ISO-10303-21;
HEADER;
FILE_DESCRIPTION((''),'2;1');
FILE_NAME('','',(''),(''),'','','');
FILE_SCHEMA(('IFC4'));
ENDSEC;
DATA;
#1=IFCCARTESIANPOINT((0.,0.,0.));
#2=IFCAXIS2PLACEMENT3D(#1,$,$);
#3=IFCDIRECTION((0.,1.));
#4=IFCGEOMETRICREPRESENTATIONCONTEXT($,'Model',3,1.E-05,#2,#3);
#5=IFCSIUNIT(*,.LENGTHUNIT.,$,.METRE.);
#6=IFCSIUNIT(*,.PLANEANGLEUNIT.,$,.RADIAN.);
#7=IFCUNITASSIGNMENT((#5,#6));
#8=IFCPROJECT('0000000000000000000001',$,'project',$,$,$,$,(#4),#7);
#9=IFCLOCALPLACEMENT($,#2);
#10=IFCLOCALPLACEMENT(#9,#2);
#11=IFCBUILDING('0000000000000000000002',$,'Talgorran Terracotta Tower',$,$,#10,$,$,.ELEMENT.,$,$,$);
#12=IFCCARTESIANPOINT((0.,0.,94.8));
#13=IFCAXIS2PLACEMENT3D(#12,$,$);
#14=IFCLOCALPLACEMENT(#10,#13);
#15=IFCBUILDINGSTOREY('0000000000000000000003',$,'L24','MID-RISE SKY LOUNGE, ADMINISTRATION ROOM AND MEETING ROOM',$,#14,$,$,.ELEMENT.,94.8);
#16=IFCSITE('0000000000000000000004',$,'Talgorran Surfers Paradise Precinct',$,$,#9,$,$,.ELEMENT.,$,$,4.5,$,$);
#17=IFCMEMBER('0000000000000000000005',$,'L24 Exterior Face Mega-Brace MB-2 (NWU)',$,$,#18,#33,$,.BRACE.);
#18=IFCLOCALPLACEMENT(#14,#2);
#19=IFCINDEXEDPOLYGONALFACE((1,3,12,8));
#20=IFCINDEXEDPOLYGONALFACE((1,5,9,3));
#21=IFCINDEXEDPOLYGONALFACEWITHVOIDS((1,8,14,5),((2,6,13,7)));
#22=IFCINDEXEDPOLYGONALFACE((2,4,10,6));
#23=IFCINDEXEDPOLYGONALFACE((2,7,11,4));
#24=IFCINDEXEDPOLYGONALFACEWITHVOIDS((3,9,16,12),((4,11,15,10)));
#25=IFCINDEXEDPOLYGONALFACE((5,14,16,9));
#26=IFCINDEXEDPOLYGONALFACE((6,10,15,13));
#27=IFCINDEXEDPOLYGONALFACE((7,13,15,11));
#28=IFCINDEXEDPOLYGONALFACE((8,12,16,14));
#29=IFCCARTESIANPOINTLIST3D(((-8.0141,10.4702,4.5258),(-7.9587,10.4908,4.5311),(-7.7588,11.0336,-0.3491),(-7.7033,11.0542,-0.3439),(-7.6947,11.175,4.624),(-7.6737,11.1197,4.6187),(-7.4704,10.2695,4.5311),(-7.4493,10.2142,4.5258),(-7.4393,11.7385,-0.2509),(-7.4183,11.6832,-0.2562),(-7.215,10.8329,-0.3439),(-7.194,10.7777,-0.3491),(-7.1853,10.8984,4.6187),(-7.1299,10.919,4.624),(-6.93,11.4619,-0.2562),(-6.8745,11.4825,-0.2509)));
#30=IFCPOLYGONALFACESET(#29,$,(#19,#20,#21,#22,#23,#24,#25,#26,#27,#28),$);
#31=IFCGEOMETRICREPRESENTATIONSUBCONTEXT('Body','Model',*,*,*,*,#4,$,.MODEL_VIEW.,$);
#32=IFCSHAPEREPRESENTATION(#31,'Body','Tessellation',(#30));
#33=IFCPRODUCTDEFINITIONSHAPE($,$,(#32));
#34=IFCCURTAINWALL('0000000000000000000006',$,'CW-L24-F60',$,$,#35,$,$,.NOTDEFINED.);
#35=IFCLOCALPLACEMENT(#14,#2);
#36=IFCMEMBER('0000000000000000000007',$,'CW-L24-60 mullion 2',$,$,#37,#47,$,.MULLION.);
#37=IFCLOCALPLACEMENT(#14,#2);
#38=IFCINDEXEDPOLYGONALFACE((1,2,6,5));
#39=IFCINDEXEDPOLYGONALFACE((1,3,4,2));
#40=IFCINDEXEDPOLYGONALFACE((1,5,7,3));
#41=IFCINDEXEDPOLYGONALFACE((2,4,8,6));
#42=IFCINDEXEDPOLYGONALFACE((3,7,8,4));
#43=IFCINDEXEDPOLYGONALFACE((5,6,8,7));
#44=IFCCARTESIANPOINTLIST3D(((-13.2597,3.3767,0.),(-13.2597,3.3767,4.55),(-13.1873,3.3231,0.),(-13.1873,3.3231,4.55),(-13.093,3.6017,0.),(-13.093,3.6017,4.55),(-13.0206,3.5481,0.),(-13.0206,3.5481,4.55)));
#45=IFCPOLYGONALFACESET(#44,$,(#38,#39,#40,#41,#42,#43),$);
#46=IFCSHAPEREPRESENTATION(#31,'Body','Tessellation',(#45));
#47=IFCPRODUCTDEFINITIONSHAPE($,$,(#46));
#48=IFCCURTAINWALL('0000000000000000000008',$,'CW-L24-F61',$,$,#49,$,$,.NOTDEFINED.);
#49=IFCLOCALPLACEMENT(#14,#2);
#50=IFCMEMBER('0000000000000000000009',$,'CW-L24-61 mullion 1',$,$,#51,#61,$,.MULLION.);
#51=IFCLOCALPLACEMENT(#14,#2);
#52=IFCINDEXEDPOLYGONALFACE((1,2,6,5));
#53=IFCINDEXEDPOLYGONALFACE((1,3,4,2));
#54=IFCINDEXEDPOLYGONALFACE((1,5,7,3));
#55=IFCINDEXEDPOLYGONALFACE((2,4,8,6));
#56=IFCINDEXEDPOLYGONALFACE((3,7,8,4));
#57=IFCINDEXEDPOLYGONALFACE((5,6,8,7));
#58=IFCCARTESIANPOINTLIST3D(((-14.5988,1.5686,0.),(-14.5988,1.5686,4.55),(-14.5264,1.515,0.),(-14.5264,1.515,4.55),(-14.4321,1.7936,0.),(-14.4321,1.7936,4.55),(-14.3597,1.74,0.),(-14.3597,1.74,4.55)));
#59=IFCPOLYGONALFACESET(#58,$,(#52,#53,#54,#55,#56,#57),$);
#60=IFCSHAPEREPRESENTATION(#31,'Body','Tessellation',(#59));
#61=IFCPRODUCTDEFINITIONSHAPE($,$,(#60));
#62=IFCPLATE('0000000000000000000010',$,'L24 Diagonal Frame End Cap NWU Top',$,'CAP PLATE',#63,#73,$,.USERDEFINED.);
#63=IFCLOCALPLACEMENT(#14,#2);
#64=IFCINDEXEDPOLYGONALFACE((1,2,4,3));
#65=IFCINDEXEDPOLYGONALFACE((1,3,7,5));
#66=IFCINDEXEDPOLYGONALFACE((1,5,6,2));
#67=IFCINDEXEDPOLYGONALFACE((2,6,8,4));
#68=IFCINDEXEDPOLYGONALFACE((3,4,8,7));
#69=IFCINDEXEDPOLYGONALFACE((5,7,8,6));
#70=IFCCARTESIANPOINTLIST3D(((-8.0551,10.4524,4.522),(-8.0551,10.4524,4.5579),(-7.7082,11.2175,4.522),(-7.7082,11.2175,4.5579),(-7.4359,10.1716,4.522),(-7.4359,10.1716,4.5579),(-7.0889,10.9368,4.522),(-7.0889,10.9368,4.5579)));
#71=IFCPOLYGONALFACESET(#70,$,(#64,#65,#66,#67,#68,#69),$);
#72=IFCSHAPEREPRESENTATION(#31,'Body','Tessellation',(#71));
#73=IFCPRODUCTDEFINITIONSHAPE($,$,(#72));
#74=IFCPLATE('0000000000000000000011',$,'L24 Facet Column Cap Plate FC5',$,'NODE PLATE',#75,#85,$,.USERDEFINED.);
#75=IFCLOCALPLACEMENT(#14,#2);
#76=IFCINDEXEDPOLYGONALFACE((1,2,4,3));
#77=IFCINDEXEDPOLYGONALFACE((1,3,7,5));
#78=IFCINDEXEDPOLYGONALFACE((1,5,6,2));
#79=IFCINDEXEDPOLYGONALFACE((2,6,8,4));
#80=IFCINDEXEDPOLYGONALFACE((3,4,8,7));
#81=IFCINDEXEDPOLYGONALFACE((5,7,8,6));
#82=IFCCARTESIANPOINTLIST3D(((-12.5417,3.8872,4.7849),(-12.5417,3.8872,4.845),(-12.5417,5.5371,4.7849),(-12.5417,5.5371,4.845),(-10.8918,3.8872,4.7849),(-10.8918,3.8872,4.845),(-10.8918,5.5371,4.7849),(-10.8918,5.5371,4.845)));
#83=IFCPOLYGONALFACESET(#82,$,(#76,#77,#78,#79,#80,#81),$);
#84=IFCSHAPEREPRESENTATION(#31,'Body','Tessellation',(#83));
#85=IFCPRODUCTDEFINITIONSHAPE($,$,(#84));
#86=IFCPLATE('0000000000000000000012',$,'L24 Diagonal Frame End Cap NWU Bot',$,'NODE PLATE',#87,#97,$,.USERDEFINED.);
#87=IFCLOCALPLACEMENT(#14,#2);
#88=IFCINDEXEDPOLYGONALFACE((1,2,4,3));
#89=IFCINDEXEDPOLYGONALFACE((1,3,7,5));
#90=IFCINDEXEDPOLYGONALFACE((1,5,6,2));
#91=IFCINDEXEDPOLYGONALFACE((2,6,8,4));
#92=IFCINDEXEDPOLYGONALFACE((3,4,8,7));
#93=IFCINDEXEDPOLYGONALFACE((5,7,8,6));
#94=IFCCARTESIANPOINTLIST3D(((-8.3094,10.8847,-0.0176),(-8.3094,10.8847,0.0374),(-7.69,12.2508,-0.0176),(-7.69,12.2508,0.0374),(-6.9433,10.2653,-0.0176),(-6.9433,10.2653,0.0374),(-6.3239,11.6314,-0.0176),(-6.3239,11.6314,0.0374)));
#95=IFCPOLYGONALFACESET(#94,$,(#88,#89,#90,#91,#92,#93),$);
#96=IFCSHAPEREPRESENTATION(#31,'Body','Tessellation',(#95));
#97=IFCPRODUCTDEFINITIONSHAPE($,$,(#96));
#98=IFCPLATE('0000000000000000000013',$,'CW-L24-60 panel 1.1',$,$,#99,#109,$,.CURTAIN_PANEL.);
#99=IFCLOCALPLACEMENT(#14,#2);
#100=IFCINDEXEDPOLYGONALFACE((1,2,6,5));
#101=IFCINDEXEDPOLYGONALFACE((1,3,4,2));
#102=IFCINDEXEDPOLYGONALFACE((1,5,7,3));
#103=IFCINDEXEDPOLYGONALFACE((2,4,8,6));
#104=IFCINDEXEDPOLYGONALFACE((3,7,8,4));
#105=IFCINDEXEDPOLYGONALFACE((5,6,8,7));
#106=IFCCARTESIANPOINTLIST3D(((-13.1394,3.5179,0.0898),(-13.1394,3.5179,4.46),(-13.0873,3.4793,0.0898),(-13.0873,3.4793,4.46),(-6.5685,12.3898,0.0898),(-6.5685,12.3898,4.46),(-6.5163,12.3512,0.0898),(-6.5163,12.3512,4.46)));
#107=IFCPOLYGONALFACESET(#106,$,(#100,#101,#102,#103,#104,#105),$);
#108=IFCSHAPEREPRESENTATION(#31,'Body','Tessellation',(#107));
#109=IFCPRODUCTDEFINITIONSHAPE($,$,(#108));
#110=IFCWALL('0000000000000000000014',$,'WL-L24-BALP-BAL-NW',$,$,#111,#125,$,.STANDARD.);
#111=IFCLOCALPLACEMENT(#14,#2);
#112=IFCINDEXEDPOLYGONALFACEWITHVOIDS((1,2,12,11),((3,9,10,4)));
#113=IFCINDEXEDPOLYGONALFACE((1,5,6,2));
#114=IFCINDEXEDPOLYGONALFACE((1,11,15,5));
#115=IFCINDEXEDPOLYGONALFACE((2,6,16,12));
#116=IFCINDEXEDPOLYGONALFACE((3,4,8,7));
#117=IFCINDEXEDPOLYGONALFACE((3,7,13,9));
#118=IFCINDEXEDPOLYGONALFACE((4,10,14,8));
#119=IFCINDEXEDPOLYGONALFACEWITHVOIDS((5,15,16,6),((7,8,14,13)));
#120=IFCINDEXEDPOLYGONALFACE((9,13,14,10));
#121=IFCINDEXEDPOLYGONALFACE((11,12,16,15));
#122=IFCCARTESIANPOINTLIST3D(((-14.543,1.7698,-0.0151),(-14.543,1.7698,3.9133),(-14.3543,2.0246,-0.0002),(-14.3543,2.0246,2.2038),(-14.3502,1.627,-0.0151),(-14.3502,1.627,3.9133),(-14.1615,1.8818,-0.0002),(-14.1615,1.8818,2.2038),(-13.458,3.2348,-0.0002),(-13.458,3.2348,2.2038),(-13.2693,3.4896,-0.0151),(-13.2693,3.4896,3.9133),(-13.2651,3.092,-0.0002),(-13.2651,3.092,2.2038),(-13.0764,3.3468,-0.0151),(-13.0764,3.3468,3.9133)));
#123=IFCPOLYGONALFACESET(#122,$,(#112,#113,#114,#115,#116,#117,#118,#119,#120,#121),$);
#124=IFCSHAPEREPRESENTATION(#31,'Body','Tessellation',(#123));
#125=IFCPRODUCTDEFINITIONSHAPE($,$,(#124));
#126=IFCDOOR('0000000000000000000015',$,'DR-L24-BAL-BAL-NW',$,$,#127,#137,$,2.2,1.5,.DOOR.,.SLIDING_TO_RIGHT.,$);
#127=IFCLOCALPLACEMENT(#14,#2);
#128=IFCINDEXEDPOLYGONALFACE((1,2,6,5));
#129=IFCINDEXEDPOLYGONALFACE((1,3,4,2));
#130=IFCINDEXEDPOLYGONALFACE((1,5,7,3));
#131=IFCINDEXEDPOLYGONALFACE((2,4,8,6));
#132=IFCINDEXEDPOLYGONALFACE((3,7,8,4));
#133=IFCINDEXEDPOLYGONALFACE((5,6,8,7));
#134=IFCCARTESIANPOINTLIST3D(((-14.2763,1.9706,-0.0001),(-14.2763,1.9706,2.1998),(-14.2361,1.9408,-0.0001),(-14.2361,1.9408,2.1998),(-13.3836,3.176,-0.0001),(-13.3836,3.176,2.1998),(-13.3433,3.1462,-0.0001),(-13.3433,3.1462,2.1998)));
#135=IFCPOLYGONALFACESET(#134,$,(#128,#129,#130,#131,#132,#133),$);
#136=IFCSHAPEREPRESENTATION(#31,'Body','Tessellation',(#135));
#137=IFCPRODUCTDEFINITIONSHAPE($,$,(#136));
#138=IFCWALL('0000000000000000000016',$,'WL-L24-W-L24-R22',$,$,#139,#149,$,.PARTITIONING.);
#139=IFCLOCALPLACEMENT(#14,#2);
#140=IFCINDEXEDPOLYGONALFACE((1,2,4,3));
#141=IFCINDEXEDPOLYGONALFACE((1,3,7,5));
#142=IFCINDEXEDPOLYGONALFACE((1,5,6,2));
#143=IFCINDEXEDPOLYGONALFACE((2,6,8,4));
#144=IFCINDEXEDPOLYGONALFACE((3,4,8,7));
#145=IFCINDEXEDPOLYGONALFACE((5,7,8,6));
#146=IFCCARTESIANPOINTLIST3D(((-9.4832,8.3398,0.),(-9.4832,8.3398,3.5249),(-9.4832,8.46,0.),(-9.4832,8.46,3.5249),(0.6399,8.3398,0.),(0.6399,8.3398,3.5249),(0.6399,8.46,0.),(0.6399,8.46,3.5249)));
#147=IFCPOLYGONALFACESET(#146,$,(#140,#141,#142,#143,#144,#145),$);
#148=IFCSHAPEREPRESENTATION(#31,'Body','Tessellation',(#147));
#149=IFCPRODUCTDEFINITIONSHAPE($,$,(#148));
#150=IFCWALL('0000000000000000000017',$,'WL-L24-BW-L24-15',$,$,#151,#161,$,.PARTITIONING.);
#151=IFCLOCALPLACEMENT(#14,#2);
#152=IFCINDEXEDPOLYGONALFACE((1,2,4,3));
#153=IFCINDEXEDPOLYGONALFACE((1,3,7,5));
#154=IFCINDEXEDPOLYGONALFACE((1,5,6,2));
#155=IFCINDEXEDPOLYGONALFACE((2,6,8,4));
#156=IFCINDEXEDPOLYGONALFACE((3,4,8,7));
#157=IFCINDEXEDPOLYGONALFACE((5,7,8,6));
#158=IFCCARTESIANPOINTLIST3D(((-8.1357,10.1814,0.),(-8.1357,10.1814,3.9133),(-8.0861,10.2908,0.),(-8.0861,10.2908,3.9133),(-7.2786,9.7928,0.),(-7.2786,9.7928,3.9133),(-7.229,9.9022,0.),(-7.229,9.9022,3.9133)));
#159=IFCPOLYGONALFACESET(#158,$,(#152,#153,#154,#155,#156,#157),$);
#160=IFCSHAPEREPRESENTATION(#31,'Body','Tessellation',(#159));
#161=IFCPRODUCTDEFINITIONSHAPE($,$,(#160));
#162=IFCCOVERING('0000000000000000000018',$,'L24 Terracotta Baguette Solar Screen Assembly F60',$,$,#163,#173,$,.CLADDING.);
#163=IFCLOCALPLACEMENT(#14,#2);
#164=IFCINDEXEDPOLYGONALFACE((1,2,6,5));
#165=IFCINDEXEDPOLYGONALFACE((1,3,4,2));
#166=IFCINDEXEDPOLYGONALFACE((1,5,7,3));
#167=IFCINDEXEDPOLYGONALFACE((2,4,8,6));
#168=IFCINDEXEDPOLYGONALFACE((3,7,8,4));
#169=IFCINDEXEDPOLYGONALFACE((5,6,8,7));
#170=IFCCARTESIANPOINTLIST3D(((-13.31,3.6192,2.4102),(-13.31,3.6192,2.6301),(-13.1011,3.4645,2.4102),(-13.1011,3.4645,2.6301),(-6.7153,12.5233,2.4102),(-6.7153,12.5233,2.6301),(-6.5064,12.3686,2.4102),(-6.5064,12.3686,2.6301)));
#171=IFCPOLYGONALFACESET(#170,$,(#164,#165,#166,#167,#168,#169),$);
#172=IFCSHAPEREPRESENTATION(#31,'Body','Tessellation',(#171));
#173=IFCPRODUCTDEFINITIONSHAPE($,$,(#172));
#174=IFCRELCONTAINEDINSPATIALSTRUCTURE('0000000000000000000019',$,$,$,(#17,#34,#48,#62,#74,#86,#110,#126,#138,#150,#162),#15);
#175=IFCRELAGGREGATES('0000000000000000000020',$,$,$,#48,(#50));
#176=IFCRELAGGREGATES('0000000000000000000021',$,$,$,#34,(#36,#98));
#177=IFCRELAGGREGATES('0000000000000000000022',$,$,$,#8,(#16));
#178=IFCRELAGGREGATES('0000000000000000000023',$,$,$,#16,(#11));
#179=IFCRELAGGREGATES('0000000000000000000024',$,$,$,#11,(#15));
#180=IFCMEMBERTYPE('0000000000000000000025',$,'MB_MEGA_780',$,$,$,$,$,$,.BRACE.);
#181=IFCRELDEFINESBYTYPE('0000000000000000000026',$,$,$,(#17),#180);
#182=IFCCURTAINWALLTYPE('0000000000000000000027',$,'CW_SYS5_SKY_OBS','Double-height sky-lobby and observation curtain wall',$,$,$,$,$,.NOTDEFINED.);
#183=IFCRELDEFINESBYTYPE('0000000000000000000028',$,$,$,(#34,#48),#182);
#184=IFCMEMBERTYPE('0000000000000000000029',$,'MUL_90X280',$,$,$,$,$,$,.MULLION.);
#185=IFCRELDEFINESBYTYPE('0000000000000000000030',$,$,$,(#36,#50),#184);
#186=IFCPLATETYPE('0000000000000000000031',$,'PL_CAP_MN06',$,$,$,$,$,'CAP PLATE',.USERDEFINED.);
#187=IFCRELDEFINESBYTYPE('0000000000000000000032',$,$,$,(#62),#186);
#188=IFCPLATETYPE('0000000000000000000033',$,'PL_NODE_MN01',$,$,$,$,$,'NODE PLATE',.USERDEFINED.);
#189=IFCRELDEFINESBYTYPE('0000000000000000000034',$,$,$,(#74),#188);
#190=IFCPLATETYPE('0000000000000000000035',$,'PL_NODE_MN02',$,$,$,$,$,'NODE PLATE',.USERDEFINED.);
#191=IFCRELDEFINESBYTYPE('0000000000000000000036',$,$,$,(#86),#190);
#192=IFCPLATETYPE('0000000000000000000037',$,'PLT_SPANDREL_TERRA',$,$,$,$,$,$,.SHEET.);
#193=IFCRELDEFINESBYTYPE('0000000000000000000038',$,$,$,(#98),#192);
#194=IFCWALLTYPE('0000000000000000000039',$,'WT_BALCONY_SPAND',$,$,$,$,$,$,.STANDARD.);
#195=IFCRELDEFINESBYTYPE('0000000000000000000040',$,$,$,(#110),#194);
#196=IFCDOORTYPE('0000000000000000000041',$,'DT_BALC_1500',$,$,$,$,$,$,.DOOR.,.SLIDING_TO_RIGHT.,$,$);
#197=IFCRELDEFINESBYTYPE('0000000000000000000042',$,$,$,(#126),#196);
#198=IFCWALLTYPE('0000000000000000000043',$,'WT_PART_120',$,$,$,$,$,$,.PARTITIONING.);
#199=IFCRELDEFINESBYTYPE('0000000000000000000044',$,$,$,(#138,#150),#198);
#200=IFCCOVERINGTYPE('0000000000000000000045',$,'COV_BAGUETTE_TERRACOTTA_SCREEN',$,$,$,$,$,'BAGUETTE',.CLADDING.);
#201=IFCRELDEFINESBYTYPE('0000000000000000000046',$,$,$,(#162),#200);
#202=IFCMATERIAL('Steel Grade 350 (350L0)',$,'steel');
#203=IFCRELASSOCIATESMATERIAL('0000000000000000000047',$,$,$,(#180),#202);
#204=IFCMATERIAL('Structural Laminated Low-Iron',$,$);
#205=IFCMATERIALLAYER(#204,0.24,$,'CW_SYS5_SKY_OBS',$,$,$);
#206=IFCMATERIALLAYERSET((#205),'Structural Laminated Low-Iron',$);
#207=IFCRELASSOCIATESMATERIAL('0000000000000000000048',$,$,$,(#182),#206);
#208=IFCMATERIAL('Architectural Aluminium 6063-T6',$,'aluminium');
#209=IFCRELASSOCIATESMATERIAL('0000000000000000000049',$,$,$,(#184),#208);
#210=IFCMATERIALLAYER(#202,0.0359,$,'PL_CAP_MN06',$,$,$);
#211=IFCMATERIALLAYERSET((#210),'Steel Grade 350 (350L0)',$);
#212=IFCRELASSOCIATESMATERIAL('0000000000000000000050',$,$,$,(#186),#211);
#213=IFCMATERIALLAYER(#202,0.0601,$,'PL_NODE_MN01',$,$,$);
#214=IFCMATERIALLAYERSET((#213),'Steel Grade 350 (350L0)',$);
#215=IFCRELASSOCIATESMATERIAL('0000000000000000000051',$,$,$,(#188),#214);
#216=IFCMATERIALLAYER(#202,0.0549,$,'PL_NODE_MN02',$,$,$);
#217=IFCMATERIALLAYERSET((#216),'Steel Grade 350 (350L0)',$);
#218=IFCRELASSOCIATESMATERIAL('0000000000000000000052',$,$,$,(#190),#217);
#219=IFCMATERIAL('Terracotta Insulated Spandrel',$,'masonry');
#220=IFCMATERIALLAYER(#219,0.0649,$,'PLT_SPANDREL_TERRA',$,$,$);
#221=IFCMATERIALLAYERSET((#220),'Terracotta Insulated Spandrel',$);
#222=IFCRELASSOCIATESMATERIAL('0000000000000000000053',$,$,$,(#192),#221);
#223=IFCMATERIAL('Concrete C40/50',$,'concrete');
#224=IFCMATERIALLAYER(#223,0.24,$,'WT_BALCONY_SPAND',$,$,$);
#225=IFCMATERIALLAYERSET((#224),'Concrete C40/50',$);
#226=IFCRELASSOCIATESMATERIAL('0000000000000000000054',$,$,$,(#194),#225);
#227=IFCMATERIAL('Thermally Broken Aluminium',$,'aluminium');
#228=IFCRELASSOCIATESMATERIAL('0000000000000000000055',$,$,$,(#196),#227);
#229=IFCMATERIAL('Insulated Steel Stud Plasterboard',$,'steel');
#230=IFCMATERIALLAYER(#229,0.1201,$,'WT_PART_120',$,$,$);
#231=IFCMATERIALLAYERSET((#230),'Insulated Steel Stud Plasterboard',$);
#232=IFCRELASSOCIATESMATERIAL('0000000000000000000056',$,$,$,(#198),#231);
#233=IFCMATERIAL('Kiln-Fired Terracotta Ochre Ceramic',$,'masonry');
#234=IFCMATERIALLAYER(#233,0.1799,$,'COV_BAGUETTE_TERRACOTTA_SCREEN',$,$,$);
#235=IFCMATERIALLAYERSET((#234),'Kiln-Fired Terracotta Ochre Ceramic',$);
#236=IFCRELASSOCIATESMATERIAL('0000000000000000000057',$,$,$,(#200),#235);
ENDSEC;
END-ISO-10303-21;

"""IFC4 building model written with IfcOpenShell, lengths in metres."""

from ifc_helpers import new_model, si_unit, direction, frame, frame_2d, origin, origin_2d, place, context, subcontext, project, spatial, rectangle, hollow_rectangle, extrude, source, transform, mapped, material, layer, layer_set, material_profile, profile_set, type_object, type_shapes, element, fill, aggregate, save


model = new_model("IFC4")

# Units and contexts
model_context = context("Model", 3, precision=1e-05, world=origin(), true_north=direction((0.0, 1.0)))
body_context = subcontext(model_context, "Body", "Model", "MODEL_VIEW")
ifc_project = project(units=[si_unit("LENGTHUNIT", "METRE"), si_unit("PLANEANGLEUNIT", "RADIAN")], contexts=[model_context])

# Site, building, storey
site_placement = place(None, origin())
site = spatial("IfcSite", under=ifc_project, at=site_placement, Name="Talgorran Surfers Paradise Precinct", CompositionType="ELEMENT", RefElevation=4.5)
building_placement = place(site_placement, origin())
building = spatial("IfcBuilding", under=site, at=building_placement, Name="Talgorran Terracotta Tower", CompositionType="ELEMENT")
storey_placement = place(building_placement, frame((0.0, 0.0, 94.8)))
storey = spatial("IfcBuildingStorey", under=building, at=storey_placement, Name="L24", Description="MID-RISE SKY LOUNGE, ADMINISTRATION ROOM AND MEETING ROOM", CompositionType="ELEMENT", Elevation=94.8)

# Shared definitions
ifc_material_1 = material(Name="Steel Grade 350 (350L0)", Category="steel")

# Member
ifc_material_profile_1 = material_profile(ifc_material_1, hollow_rectangle(XDim=0.6201, YDim=0.78, WallThickness=0.042, at=origin_2d()), Name="WBOX780X620X42")
ifc_profile_set_1 = profile_set([ifc_material_profile_1], Name="Steel Grade 350 (350L0)")
member_type_1 = type_object("IfcMemberType", Name="MB_MEGA_780", PredefinedType="BRACE", material=ifc_profile_set_1)
member_1_placement = place(storey_placement, frame((-7.3167, 11.2581, -0.3), z_axis=(-0.051967, -0.114665, 0.992044), x_axis=(0.910825, -0.412792, 0.0)))
element("IfcMember", 1, at=member_1_placement, inside=storey, type_object=member_type_1, Name="L24 Exterior Face Mega-Brace MB-2 (NWU)", PredefinedType="BRACE", context=body_context, shape_type="SweptSolid", body=[
    extrude(hollow_rectangle(XDim=0.6201, YDim=0.78, WallThickness=0.042, at=origin_2d()), origin(), (0.0, 0.0, 1.0), 4.9141),
])

# Curtain walls, members
ifc_material_2 = material(Name="Structural Laminated Low-Iron")
ifc_layer_1 = layer(ifc_material_2, 0.24, Name="CW_SYS5_SKY_OBS")
ifc_layer_set_1 = layer_set([ifc_layer_1], Name="Structural Laminated Low-Iron")
curtain_wall_type = type_object("IfcCurtainWallType", Name="CW_SYS5_SKY_OBS", Description="Double-height sky-lobby and observation curtain wall", PredefinedType="NOTDEFINED", material=ifc_layer_set_1)
curtain_wall_1_placement = place(storey_placement, origin())
curtain_wall_1 = element("IfcCurtainWall", 2, at=curtain_wall_1_placement, inside=storey, type_object=curtain_wall_type, Name="CW-L24-F60", PredefinedType="NOTDEFINED")
ifc_material_3 = material(Name="Architectural Aluminium 6063-T6", Category="aluminium")
ifc_material_profile_2 = material_profile(ifc_material_3, rectangle(XDim=0.0901, YDim=0.28, at=origin_2d()), Name="CWM90X280")
ifc_profile_set_2 = profile_set([ifc_material_profile_2], Name="Architectural Aluminium 6063-T6")
member_type_2 = type_object("IfcMemberType", Name="MUL_90X280", PredefinedType="MULLION", material=ifc_profile_set_2)
member_2_placement = place(storey_placement, frame((-13.1401, 3.4624, 0.0), z_axis=(0.0, 0.0, 1.0), x_axis=(0.803594, -0.595178, 0.0)))
member_2 = element("IfcMember", 3, at=member_2_placement, type_object=member_type_2, Name="CW-L24-60 mullion 2", PredefinedType="MULLION", context=body_context, shape_type="SweptSolid", body=[
    extrude(rectangle(XDim=0.0901, YDim=0.28, at=origin_2d()), origin(), (0.0, 0.0, 1.0), 4.55),
])
curtain_wall_2_placement = place(storey_placement, origin())
curtain_wall_2 = element("IfcCurtainWall", 4, at=curtain_wall_2_placement, inside=storey, type_object=curtain_wall_type, Name="CW-L24-F61", PredefinedType="NOTDEFINED")
member_3_placement = place(storey_placement, frame((-14.4792, 1.6543, 0.0), z_axis=(0.0, 0.0, 1.0), x_axis=(0.803594, -0.595178, 0.0)))
member_3 = element("IfcMember", 5, at=member_3_placement, type_object=member_type_2, Name="CW-L24-61 mullion 1", PredefinedType="MULLION", context=body_context, shape_type="SweptSolid", body=[
    extrude(rectangle(XDim=0.0901, YDim=0.28, at=origin_2d()), origin(), (0.0, 0.0, 1.0), 4.55),
])
aggregate(curtain_wall_2, [member_3])

# Plates
ifc_layer_2 = layer(ifc_material_1, 0.0359, Name="PL_CAP_MN06")
ifc_layer_set_2 = layer_set([ifc_layer_2], Name="Steel Grade 350 (350L0)")
plate_type_1 = type_object("IfcPlateType", Name="PL_CAP_MN06", ElementType="CAP PLATE", PredefinedType="USERDEFINED", material=ifc_layer_set_2)
plate_1_placement = place(storey_placement, frame((-7.572, 10.6946, 4.522), z_axis=(0.0, 0.0, 1.0), x_axis=(-0.412945, -0.910756, 0.0)))
element("IfcPlate", 6, at=plate_1_placement, inside=storey, type_object=plate_type_1, Name="L24 Diagonal Frame End Cap NWU Top", ObjectType="CAP PLATE", PredefinedType="USERDEFINED", context=body_context, shape_type="SweptSolid", body=[
    extrude(rectangle(XDim=0.8401, YDim=0.6799, at=origin_2d()), origin(), (0.0, 0.0, 1.0), 0.0359),
])
ifc_layer_3 = layer(ifc_material_1, 0.0601, Name="PL_NODE_MN01")
ifc_layer_set_3 = layer_set([ifc_layer_3], Name="Steel Grade 350 (350L0)")
plate_type_2 = type_object("IfcPlateType", Name="PL_NODE_MN01", ElementType="NODE PLATE", PredefinedType="USERDEFINED", material=ifc_layer_set_3)
plate_2_placement = place(storey_placement, frame((-11.7168, 4.7122, 4.7849), z_axis=(0.0, 0.0, 1.0), x_axis=(1.0, 0.0, 0.0)))
element("IfcPlate", 7, at=plate_2_placement, inside=storey, type_object=plate_type_2, Name="L24 Facet Column Cap Plate FC5", ObjectType="NODE PLATE", PredefinedType="USERDEFINED", context=body_context, shape_type="SweptSolid", body=[
    extrude(rectangle(XDim=1.6499, YDim=1.6499, at=origin_2d()), origin(), (0.0, 0.0, 1.0), 0.0601),
])
ifc_layer_4 = layer(ifc_material_1, 0.0549, Name="PL_NODE_MN02")
ifc_layer_set_4 = layer_set([ifc_layer_4], Name="Steel Grade 350 (350L0)")
plate_type_3 = type_object("IfcPlateType", Name="PL_NODE_MN02", ElementType="NODE PLATE", PredefinedType="USERDEFINED", material=ifc_layer_set_4)
plate_3_placement = place(storey_placement, frame((-7.3167, 11.2581, -0.0176), z_axis=(0.0, 0.0, 1.0), x_axis=(-0.412945, -0.910756, 0.0)))
element("IfcPlate", 8, at=plate_3_placement, inside=storey, type_object=plate_type_3, Name="L24 Diagonal Frame End Cap NWU Bot", ObjectType="NODE PLATE", PredefinedType="USERDEFINED", context=body_context, shape_type="SweptSolid", body=[
    extrude(rectangle(XDim=1.5, YDim=1.5, at=origin_2d()), origin(), (0.0, 0.0, 1.0), 0.0549),
])

# Plate
ifc_material_4 = material(Name="Terracotta Insulated Spandrel", Category="masonry")
ifc_layer_5 = layer(ifc_material_4, 0.0649, Name="PLT_SPANDREL_TERRA")
ifc_layer_set_5 = layer_set([ifc_layer_5], Name="Terracotta Insulated Spandrel")
plate_type_4 = type_object("IfcPlateType", Name="PLT_SPANDREL_TERRA", PredefinedType="SHEET", material=ifc_layer_set_5)
shared_shape = source(origin(), body_context, "Body", "SweptSolid", [
    extrude(rectangle(XDim=11.0403, YDim=0.0649, at=origin_2d()), origin(), (0.0, 0.0, 1.0), 4.3701),
])
type_shapes(plate_type_4, [shared_shape])
plate_4_placement = place(storey_placement, frame((-9.8279, 7.9346, 0.0898), z_axis=(0.0, 0.0, 1.0), x_axis=(-0.595178, -0.803594, 0.0)))
plate_4 = element("IfcPlate", 9, at=plate_4_placement, type_object=plate_type_4, Name="CW-L24-60 panel 1.1", PredefinedType="CURTAIN_PANEL", context=body_context, shape_type="MappedRepresentation", body=[
    mapped(shared_shape, transform((0.0, 0.0, 0.0), scale=1.0)),
])
aggregate(curtain_wall_1, [member_2, plate_4])

# Wall, opening, door
ifc_material_5 = material(Name="Concrete C40/50", Category="concrete")
ifc_layer_6 = layer(ifc_material_5, 0.24, Name="WT_BALCONY_SPAND")
ifc_layer_set_6 = layer_set([ifc_layer_6], Name="Concrete C40/50")
wall_type_1 = type_object("IfcWallType", Name="WT_BALCONY_SPAND", PredefinedType="STANDARD", material=ifc_layer_set_6)
wall_1_placement = place(storey_placement, frame((-13.1729, 3.4182, -0.0151), z_axis=(0.0, 0.0, 1.0), x_axis=(-0.59517, -0.8036, 0.0)))
wall_1 = element("IfcWall", 10, at=wall_1_placement, inside=storey, type_object=wall_type_1, Name="WL-L24-BALP-BAL-NW", PredefinedType="STANDARD", context=body_context, shape_type="SweptSolid", body=[
    extrude(rectangle(XDim=2.1401, YDim=0.24, at=frame_2d((1.0701, 0.0))), origin(), (0.0, 0.0, 1.0), 3.9285),
])
opening_placement = place(wall_1_placement, frame((0.3201, 0.0, 0.0149)))
opening = element("IfcOpeningElement", 11, at=opening_placement, cuts=wall_1, PredefinedType="OPENING", context=body_context, shape_type="SweptSolid", body=[
    extrude(rectangle(XDim=1.506, YDim=2.204, at=frame_2d((0.75, 1.1021))), frame((0.0, 0.1299, 0.0), z_axis=(0.0, -1.0, 0.0), x_axis=(1.0, 0.0, 0.0)), (0.0, 0.0, 1.0), 0.26),
])
ifc_material_6 = material(Name="Thermally Broken Aluminium", Category="aluminium")
door_type = type_object("IfcDoorType", Name="DT_BALC_1500", OperationType="SLIDING_TO_RIGHT", PredefinedType="DOOR", material=ifc_material_6)
door_placement = place(opening_placement, origin())
door = element("IfcDoor", 12, at=door_placement, inside=storey, type_object=door_type, Name="DR-L24-BAL-BAL-NW", OperationType="SLIDING_TO_RIGHT", OverallHeight=2.2, OverallWidth=1.5, PredefinedType="DOOR", context=body_context, shape_type="SweptSolid", body=[
    extrude(rectangle(XDim=1.5, YDim=2.2, at=frame_2d((0.75, 1.1001))), frame((0.0, 0.0249, 0.0), z_axis=(0.0, -1.0, 0.0), x_axis=(1.0, 0.0, 0.0)), (0.0, 0.0, 1.0), 0.05),
])
fill(opening, door)

# Walls
ifc_material_7 = material(Name="Insulated Steel Stud Plasterboard", Category="steel")
ifc_layer_7 = layer(ifc_material_7, 0.1201, Name="WT_PART_120")
ifc_layer_set_7 = layer_set([ifc_layer_7], Name="Insulated Steel Stud Plasterboard")
wall_type_2 = type_object("IfcWallType", Name="WT_PART_120", PredefinedType="PARTITIONING", material=ifc_layer_set_7)
wall_2_placement = place(storey_placement, frame((-9.4832, 8.3999, 0.0), z_axis=(0.0, 0.0, 1.0), x_axis=(1.0, 0.0, 0.0)))
element("IfcWall", 13, at=wall_2_placement, inside=storey, type_object=wall_type_2, Name="WL-L24-W-L24-R22", PredefinedType="PARTITIONING", context=body_context, shape_type="SweptSolid", body=[
    extrude(rectangle(XDim=10.123, YDim=0.1201, at=frame_2d((5.0615, 0.0))), origin(), (0.0, 0.0, 1.0), 3.5249),
])
wall_3_placement = place(storey_placement, frame((-7.2537, 9.8474, 0.0), z_axis=(0.0, 0.0, 1.0), x_axis=(-0.910748, 0.412962, 0.0)))
element("IfcWall", 14, at=wall_3_placement, inside=storey, type_object=wall_type_2, Name="WL-L24-BW-L24-15", PredefinedType="PARTITIONING", context=body_context, shape_type="SweptSolid", body=[
    extrude(rectangle(XDim=0.9412, YDim=0.1201, at=frame_2d((0.4707, 0.0))), origin(), (0.0, 0.0, 1.0), 3.9133),
])

# Covering
ifc_material_8 = material(Name="Kiln-Fired Terracotta Ochre Ceramic", Category="masonry")
ifc_layer_8 = layer(ifc_material_8, 0.1799, Name="COV_BAGUETTE_TERRACOTTA_SCREEN")
ifc_layer_set_8 = layer_set([ifc_layer_8], Name="Kiln-Fired Terracotta Ochre Ceramic")
covering_type_1 = type_object("IfcCoveringType", Name="COV_BAGUETTE_TERRACOTTA_SCREEN", ElementType="BAGUETTE", PredefinedType="CLADDING", material=ifc_layer_set_8)
covering_1_placement = place(storey_placement, frame((-9.9082, 7.9939, 2.4102), z_axis=(0.0, 0.0, 1.0), x_axis=(-0.595173, -0.803597, 0.0)))
element("IfcCovering", 15, at=covering_1_placement, inside=storey, type_object=covering_type_1, Name="L24 Terracotta Baguette Solar Screen Assembly F60", PredefinedType="CLADDING", context=body_context, shape_type="SweptSolid", body=[
    extrude(rectangle(XDim=11.0803, YDim=0.26, at=origin_2d()), origin(), (0.0, 0.0, 1.0), 0.22),
])

save(model, "model.ifc")
